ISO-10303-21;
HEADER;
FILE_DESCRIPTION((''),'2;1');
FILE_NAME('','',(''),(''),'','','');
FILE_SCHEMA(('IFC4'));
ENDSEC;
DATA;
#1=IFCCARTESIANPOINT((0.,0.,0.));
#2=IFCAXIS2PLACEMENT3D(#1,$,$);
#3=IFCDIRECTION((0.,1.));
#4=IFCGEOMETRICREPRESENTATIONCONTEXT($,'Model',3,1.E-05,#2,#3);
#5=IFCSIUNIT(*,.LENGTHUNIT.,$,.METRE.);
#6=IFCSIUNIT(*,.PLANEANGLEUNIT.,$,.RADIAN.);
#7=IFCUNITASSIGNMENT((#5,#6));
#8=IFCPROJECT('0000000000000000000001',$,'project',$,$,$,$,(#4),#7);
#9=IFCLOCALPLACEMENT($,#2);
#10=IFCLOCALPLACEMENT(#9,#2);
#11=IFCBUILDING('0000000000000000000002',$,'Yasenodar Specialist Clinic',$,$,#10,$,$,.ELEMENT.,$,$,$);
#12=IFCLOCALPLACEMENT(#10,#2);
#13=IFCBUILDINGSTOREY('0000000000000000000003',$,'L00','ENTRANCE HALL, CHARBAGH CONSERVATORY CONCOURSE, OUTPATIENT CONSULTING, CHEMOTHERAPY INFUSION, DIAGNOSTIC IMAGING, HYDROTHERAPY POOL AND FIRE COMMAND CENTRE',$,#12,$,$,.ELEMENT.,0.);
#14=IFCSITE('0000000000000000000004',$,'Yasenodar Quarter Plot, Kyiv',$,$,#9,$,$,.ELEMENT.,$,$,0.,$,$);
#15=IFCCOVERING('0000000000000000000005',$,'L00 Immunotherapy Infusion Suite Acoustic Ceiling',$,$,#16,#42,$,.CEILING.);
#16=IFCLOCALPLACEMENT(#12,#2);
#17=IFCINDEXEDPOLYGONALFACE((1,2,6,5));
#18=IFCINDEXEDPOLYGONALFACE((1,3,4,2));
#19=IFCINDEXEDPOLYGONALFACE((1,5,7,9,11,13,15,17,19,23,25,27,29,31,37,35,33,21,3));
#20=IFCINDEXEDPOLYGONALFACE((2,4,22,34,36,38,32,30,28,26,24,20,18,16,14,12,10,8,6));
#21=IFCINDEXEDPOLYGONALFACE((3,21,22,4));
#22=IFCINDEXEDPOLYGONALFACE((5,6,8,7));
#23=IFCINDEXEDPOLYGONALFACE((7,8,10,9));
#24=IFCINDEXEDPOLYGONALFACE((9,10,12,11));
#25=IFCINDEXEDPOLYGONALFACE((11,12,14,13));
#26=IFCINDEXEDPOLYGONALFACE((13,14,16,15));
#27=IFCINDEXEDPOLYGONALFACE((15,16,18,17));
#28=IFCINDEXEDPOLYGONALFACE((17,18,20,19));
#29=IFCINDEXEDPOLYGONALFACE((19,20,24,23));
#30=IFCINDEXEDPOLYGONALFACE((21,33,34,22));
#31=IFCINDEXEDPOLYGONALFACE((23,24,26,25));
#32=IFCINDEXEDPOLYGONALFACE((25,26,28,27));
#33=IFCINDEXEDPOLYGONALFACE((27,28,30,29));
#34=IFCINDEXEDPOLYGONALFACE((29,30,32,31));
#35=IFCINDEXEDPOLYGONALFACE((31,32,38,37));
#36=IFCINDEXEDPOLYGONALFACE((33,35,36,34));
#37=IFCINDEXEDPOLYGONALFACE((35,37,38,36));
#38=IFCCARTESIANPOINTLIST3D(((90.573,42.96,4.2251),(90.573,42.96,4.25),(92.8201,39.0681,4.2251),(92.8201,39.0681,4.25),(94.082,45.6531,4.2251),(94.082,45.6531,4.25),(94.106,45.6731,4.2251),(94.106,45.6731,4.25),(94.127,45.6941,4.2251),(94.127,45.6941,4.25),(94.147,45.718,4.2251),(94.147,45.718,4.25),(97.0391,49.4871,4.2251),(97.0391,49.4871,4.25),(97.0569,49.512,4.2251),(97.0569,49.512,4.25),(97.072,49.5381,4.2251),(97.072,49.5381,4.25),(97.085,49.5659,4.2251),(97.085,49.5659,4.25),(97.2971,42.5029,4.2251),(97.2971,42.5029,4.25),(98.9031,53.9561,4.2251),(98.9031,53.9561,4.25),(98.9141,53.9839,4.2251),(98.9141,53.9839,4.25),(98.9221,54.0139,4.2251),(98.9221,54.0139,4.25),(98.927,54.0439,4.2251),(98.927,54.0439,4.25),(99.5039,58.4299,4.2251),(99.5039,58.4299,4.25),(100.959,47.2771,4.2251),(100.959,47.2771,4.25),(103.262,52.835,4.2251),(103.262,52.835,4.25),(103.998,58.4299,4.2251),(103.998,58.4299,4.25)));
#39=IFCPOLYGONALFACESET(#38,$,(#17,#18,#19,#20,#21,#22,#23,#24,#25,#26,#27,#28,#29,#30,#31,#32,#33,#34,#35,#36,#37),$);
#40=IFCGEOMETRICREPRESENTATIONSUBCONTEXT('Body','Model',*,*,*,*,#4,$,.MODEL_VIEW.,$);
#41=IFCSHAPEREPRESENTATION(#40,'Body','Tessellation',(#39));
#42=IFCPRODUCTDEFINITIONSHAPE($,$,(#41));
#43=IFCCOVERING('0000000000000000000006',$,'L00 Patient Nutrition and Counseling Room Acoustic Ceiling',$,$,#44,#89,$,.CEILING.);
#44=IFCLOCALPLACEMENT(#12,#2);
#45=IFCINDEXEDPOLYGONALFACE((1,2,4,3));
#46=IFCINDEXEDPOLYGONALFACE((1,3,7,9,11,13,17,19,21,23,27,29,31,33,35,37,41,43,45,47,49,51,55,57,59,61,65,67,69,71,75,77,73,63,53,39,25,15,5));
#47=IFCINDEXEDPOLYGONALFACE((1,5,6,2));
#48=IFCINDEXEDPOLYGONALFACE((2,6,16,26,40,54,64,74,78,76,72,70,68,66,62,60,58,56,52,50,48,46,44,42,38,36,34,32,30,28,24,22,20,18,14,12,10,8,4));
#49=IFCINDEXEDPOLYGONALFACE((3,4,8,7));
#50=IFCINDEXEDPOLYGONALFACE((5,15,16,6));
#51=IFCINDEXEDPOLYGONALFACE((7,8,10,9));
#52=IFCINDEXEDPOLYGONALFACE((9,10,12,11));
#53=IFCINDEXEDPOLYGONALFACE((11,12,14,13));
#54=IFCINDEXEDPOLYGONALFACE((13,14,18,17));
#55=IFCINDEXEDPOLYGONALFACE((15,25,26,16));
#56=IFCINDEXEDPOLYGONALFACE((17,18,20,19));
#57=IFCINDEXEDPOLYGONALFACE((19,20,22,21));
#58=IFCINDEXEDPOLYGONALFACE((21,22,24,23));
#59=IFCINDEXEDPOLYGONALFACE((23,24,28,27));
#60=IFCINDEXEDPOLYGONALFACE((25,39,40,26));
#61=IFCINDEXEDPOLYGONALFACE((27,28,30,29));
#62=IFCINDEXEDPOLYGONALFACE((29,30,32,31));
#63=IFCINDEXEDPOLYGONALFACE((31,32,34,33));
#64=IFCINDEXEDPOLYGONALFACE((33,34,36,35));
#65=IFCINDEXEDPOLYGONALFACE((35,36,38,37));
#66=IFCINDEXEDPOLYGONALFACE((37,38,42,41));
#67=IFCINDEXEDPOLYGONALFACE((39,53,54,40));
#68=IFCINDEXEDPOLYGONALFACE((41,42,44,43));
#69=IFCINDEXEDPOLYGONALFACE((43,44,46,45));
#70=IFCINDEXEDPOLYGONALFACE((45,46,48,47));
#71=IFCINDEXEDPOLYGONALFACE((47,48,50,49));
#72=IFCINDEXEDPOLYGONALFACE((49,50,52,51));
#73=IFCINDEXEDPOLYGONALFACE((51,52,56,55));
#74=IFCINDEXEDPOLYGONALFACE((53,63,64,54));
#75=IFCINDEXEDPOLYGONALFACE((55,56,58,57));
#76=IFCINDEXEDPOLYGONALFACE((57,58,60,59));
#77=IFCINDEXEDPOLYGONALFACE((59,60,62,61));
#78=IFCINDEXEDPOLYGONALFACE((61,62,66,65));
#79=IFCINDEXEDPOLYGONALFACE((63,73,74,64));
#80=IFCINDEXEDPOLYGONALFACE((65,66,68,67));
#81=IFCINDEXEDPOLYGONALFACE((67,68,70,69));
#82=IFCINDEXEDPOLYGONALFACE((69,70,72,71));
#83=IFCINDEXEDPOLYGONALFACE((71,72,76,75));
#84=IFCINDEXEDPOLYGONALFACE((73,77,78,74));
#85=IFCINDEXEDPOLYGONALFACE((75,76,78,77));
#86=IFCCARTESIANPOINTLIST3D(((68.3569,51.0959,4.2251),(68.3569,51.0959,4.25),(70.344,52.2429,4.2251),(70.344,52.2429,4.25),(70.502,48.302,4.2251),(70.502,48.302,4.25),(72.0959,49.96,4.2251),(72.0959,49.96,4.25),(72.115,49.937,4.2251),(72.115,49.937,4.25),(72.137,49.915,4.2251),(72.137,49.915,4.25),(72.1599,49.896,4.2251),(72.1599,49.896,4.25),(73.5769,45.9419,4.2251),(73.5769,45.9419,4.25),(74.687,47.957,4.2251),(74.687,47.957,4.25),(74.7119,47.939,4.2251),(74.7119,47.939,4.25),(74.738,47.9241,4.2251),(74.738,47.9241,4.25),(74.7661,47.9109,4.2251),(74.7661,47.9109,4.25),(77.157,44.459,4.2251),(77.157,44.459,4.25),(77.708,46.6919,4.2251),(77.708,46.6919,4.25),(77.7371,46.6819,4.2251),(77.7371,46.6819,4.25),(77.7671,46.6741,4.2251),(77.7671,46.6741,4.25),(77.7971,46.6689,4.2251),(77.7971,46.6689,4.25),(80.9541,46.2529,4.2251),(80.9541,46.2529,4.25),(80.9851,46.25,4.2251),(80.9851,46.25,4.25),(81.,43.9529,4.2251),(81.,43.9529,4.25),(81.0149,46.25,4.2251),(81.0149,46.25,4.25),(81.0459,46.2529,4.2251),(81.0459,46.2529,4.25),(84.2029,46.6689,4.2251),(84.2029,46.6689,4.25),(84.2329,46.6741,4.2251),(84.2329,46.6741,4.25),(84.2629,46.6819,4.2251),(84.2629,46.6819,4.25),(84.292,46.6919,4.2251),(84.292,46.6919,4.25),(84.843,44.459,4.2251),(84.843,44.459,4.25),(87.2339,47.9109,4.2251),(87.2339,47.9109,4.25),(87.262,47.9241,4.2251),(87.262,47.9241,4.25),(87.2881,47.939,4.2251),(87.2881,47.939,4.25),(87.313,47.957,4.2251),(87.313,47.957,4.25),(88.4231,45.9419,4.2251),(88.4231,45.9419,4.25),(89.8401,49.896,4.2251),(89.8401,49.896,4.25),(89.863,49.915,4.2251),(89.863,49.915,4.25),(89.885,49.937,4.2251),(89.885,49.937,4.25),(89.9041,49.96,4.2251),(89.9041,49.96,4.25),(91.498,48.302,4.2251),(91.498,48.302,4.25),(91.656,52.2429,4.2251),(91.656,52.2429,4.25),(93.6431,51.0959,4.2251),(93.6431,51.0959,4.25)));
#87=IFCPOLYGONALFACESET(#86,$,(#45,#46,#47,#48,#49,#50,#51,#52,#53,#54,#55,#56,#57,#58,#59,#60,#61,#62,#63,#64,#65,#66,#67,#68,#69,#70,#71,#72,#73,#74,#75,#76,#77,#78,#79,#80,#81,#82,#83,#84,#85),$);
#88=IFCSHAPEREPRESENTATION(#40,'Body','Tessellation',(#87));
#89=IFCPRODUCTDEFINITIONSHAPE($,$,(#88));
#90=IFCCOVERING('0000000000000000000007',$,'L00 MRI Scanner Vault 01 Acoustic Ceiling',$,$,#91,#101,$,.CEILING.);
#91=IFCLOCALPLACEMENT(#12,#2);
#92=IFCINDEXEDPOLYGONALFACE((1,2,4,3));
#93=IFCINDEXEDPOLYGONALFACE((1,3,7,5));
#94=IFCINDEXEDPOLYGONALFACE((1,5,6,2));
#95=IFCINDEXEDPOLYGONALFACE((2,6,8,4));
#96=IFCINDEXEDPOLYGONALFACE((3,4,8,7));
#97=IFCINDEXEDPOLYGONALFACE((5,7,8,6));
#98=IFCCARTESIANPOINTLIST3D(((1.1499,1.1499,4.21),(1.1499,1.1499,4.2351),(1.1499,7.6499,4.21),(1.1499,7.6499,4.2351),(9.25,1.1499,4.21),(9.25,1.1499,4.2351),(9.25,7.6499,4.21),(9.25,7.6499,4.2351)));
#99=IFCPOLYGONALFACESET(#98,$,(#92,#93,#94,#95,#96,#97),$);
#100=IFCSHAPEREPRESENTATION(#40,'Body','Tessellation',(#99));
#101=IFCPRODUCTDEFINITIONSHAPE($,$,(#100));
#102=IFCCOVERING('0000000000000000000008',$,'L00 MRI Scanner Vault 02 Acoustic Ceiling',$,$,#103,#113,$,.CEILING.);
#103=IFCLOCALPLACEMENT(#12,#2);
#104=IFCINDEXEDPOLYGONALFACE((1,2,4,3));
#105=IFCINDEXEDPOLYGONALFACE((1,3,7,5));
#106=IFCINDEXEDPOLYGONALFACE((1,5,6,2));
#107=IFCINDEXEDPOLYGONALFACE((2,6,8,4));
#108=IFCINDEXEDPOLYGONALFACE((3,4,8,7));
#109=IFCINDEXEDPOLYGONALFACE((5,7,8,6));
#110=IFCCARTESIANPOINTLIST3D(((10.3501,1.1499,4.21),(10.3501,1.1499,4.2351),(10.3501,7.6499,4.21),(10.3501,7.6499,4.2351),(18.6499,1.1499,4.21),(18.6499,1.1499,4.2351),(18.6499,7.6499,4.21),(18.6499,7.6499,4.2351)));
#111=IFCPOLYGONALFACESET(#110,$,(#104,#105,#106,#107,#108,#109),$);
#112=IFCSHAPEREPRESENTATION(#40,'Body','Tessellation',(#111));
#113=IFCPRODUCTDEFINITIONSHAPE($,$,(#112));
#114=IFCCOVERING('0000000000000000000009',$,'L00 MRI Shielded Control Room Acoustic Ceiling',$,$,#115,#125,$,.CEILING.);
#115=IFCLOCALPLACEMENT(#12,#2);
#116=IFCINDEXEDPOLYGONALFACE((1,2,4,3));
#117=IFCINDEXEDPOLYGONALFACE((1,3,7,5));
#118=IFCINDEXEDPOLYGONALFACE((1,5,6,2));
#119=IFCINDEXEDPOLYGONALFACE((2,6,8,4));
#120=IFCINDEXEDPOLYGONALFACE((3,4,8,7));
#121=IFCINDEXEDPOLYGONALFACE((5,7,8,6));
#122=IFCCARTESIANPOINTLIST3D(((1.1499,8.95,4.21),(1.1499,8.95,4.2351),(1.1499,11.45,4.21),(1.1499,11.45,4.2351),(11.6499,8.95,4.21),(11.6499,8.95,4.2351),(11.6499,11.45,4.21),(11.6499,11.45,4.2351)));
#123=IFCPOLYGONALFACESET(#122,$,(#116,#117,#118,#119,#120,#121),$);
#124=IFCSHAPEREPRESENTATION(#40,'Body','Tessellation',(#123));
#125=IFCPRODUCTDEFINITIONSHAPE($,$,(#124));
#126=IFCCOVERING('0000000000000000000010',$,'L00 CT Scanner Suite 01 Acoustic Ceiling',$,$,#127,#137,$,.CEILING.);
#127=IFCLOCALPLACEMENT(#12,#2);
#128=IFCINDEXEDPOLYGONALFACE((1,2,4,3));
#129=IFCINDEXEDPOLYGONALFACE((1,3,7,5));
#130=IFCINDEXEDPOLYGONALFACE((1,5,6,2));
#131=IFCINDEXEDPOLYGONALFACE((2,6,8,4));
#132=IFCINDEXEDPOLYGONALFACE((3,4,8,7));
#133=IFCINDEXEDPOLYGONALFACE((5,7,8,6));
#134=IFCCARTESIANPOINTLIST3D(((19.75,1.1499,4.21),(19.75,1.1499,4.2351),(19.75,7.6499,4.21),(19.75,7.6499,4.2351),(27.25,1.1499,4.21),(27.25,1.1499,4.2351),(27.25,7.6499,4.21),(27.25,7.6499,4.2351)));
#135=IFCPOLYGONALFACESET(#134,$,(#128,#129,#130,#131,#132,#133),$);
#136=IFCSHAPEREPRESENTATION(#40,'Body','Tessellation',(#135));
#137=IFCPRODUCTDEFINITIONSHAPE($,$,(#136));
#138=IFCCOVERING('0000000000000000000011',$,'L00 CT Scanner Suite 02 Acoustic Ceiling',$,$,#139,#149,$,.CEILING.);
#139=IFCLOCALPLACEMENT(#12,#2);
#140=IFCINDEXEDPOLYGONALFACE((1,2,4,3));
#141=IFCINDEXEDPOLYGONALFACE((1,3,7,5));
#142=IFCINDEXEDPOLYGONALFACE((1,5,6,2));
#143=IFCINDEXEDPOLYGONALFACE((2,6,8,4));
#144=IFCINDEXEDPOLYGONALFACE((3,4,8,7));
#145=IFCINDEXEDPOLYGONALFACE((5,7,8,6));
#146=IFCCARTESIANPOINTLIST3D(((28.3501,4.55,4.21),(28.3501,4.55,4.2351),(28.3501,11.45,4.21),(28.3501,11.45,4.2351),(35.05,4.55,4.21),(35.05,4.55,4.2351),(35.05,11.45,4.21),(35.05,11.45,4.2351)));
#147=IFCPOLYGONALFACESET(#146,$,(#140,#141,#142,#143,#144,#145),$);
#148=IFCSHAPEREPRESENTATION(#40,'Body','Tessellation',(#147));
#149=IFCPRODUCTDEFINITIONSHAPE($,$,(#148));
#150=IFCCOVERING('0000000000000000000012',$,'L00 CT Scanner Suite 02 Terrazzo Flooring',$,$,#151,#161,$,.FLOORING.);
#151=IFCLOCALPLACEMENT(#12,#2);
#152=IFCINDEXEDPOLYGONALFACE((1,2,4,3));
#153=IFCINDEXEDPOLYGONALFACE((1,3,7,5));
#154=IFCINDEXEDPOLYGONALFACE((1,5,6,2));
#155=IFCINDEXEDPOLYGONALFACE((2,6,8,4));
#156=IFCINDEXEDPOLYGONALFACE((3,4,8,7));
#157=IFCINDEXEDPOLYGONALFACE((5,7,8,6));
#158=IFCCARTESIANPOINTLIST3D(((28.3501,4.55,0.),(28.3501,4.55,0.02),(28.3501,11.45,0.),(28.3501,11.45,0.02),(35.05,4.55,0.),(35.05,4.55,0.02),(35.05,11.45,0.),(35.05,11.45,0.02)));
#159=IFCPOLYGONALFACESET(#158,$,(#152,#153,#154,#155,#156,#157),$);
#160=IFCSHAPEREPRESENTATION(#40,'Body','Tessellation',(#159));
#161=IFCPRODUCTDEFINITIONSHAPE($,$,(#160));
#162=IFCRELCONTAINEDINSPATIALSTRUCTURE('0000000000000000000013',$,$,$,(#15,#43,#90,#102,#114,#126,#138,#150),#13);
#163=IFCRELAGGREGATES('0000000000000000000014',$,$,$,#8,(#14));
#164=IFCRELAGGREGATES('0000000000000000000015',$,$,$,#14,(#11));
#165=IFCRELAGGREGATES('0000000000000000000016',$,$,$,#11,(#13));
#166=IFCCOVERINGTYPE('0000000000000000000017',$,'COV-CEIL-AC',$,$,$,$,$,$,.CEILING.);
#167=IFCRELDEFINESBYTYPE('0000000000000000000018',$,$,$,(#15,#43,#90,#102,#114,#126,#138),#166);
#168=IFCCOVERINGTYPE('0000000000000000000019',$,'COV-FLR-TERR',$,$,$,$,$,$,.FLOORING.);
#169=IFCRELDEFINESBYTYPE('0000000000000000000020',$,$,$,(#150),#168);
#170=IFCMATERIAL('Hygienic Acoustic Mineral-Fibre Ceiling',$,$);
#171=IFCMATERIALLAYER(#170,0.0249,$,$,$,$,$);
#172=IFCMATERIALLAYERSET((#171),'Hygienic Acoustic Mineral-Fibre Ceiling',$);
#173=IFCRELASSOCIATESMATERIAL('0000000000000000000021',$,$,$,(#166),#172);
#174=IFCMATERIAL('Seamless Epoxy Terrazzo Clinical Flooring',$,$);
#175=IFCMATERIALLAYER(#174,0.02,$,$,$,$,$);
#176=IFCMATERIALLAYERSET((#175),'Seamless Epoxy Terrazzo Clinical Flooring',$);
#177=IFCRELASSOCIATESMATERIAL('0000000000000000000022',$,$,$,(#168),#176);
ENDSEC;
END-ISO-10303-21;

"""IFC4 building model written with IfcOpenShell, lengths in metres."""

from ifc_helpers import new_model, si_unit, direction, frame, origin, place, context, subcontext, project, spatial, polyline, outline, extrude, material, layer, layer_set, type_object, element, save


model = new_model("IFC4")

# Units and contexts
model_context = context("Model", 3, precision=1e-05, world=origin(), true_north=direction((0.0, 1.0)))
body_context = subcontext(model_context, "Body", "Model", "MODEL_VIEW")
ifc_project = project(units=[si_unit("LENGTHUNIT", "METRE"), si_unit("PLANEANGLEUNIT", "RADIAN")], contexts=[model_context])

# Site, building, storey
site_placement = place(None, origin())
site = spatial("IfcSite", under=ifc_project, at=site_placement, Name="Yasenodar Quarter Plot, Kyiv", CompositionType="ELEMENT", RefElevation=0.0)
building_placement = place(site_placement, origin())
building = spatial("IfcBuilding", under=site, at=building_placement, Name="Yasenodar Specialist Clinic", CompositionType="ELEMENT")
storey_placement = place(building_placement, origin())
storey = spatial("IfcBuildingStorey", under=building, at=storey_placement, Name="L00", Description="ENTRANCE HALL, CHARBAGH CONSERVATORY CONCOURSE, OUTPATIENT CONSULTING, CHEMOTHERAPY INFUSION, DIAGNOSTIC IMAGING, HYDROTHERAPY POOL AND FIRE COMMAND CENTRE", CompositionType="ELEMENT", Elevation=0.0)

# Coverings
ifc_material_1 = material(Name="Hygienic Acoustic Mineral-Fibre Ceiling")
ifc_layer_1 = layer(ifc_material_1, 0.0249)
ifc_layer_set_1 = layer_set([ifc_layer_1], Name="Hygienic Acoustic Mineral-Fibre Ceiling")
covering_type_1 = type_object("IfcCoveringType", Name="COV-CEIL-AC", PredefinedType="CEILING", material=ifc_layer_set_1)
covering_1_placement = place(storey_placement, frame((0.0, 0.0, 4.2251)))
element("IfcCovering", 1, at=covering_1_placement, inside=storey, type_object=covering_type_1, Name="L00 Immunotherapy Infusion Suite Acoustic Ceiling", PredefinedType="CEILING", context=body_context, shape_type="SweptSolid", body=[
    extrude(outline(polyline([(97.2971, 42.5029), (92.8201, 39.0681), (90.573, 42.96), (94.082, 45.6531), (94.106, 45.6731), (94.127, 45.6941), (94.147, 45.718), (97.0391, 49.4871), (97.0569, 49.512), (97.072, 49.5381), (97.085, 49.5659), (98.9031, 53.9561), (98.9141, 53.9839), (98.9221, 54.0139), (98.927, 54.0439), (99.5039, 58.4299), (103.998, 58.4299), (103.262, 52.835), (100.959, 47.2771), (97.2971, 42.5029)])), origin(), (0.0, 0.0, 1.0), 0.0249),
])
covering_2_placement = place(storey_placement, frame((0.0, 0.0, 4.2251)))
element("IfcCovering", 2, at=covering_2_placement, inside=storey, type_object=covering_type_1, Name="L00 Patient Nutrition and Counseling Room Acoustic Ceiling", PredefinedType="CEILING", context=body_context, shape_type="SweptSolid", body=[
    extrude(outline(polyline([(72.115, 49.937), (72.137, 49.915), (72.1599, 49.896), (74.687, 47.957), (74.7119, 47.939), (74.738, 47.9241), (74.7661, 47.9109), (77.708, 46.6919), (77.7371, 46.6819), (77.7671, 46.6741), (77.7971, 46.6689), (80.9541, 46.2529), (80.9851, 46.25), (81.0149, 46.25), (81.0459, 46.2529), (84.2029, 46.6689), (84.2329, 46.6741), (84.2629, 46.6819), (84.292, 46.6919), (87.2339, 47.9109), (87.262, 47.9241), (87.2881, 47.939), (87.313, 47.957), (89.8401, 49.896), (89.863, 49.915), (89.885, 49.937), (89.9041, 49.96), (91.656, 52.2429), (93.6431, 51.0959), (91.498, 48.302), (88.4231, 45.9419), (84.843, 44.459), (81.0, 43.9529), (77.157, 44.459), (73.5769, 45.9419), (70.502, 48.302), (68.3569, 51.0959), (70.344, 52.2429), (72.0959, 49.96), (72.115, 49.937)])), origin(), (0.0, 0.0, 1.0), 0.0249),
])
covering_3_placement = place(storey_placement, frame((0.0, 0.0, 4.21)))
element("IfcCovering", 3, at=covering_3_placement, inside=storey, type_object=covering_type_1, Name="L00 MRI Scanner Vault 01 Acoustic Ceiling", PredefinedType="CEILING", context=body_context, shape_type="SweptSolid", body=[
    extrude(outline(polyline([(9.25, 1.1499), (1.1499, 1.1499), (1.1499, 7.6499), (9.25, 7.6499), (9.25, 1.1499)])), origin(), (0.0, 0.0, 1.0), 0.0251),
])
covering_4_placement = place(storey_placement, frame((0.0, 0.0, 4.21)))
element("IfcCovering", 4, at=covering_4_placement, inside=storey, type_object=covering_type_1, Name="L00 MRI Scanner Vault 02 Acoustic Ceiling", PredefinedType="CEILING", context=body_context, shape_type="SweptSolid", body=[
    extrude(outline(polyline([(18.6499, 1.1499), (10.3501, 1.1499), (10.3501, 7.6499), (18.6499, 7.6499), (18.6499, 1.1499)])), origin(), (0.0, 0.0, 1.0), 0.0251),
])
covering_5_placement = place(storey_placement, frame((0.0, 0.0, 4.21)))
element("IfcCovering", 5, at=covering_5_placement, inside=storey, type_object=covering_type_1, Name="L00 MRI Shielded Control Room Acoustic Ceiling", PredefinedType="CEILING", context=body_context, shape_type="SweptSolid", body=[
    extrude(outline(polyline([(11.6499, 8.95), (1.1499, 8.95), (1.1499, 11.45), (11.6499, 11.45), (11.6499, 8.95)])), origin(), (0.0, 0.0, 1.0), 0.0251),
])
covering_6_placement = place(storey_placement, frame((0.0, 0.0, 4.21)))
element("IfcCovering", 6, at=covering_6_placement, inside=storey, type_object=covering_type_1, Name="L00 CT Scanner Suite 01 Acoustic Ceiling", PredefinedType="CEILING", context=body_context, shape_type="SweptSolid", body=[
    extrude(outline(polyline([(27.25, 1.1499), (19.75, 1.1499), (19.75, 7.6499), (27.25, 7.6499), (27.25, 1.1499)])), origin(), (0.0, 0.0, 1.0), 0.0251),
])
covering_7_placement = place(storey_placement, frame((0.0, 0.0, 4.21)))
element("IfcCovering", 7, at=covering_7_placement, inside=storey, type_object=covering_type_1, Name="L00 CT Scanner Suite 02 Acoustic Ceiling", PredefinedType="CEILING", context=body_context, shape_type="SweptSolid", body=[
    extrude(outline(polyline([(35.05, 4.55), (28.3501, 4.55), (28.3501, 11.45), (35.05, 11.45), (35.05, 4.55)])), origin(), (0.0, 0.0, 1.0), 0.0251),
])
ifc_material_2 = material(Name="Seamless Epoxy Terrazzo Clinical Flooring")
ifc_layer_2 = layer(ifc_material_2, 0.02)
ifc_layer_set_2 = layer_set([ifc_layer_2], Name="Seamless Epoxy Terrazzo Clinical Flooring")
covering_type_2 = type_object("IfcCoveringType", Name="COV-FLR-TERR", PredefinedType="FLOORING", material=ifc_layer_set_2)
covering_8_placement = place(storey_placement, origin())
element("IfcCovering", 8, at=covering_8_placement, inside=storey, type_object=covering_type_2, Name="L00 CT Scanner Suite 02 Terrazzo Flooring", PredefinedType="FLOORING", context=body_context, shape_type="SweptSolid", body=[
    extrude(outline(polyline([(35.05, 4.55), (28.3501, 4.55), (28.3501, 11.45), (35.05, 11.45), (35.05, 4.55)])), origin(), (0.0, 0.0, 1.0), 0.02),
])

save(model, "model.ifc")
